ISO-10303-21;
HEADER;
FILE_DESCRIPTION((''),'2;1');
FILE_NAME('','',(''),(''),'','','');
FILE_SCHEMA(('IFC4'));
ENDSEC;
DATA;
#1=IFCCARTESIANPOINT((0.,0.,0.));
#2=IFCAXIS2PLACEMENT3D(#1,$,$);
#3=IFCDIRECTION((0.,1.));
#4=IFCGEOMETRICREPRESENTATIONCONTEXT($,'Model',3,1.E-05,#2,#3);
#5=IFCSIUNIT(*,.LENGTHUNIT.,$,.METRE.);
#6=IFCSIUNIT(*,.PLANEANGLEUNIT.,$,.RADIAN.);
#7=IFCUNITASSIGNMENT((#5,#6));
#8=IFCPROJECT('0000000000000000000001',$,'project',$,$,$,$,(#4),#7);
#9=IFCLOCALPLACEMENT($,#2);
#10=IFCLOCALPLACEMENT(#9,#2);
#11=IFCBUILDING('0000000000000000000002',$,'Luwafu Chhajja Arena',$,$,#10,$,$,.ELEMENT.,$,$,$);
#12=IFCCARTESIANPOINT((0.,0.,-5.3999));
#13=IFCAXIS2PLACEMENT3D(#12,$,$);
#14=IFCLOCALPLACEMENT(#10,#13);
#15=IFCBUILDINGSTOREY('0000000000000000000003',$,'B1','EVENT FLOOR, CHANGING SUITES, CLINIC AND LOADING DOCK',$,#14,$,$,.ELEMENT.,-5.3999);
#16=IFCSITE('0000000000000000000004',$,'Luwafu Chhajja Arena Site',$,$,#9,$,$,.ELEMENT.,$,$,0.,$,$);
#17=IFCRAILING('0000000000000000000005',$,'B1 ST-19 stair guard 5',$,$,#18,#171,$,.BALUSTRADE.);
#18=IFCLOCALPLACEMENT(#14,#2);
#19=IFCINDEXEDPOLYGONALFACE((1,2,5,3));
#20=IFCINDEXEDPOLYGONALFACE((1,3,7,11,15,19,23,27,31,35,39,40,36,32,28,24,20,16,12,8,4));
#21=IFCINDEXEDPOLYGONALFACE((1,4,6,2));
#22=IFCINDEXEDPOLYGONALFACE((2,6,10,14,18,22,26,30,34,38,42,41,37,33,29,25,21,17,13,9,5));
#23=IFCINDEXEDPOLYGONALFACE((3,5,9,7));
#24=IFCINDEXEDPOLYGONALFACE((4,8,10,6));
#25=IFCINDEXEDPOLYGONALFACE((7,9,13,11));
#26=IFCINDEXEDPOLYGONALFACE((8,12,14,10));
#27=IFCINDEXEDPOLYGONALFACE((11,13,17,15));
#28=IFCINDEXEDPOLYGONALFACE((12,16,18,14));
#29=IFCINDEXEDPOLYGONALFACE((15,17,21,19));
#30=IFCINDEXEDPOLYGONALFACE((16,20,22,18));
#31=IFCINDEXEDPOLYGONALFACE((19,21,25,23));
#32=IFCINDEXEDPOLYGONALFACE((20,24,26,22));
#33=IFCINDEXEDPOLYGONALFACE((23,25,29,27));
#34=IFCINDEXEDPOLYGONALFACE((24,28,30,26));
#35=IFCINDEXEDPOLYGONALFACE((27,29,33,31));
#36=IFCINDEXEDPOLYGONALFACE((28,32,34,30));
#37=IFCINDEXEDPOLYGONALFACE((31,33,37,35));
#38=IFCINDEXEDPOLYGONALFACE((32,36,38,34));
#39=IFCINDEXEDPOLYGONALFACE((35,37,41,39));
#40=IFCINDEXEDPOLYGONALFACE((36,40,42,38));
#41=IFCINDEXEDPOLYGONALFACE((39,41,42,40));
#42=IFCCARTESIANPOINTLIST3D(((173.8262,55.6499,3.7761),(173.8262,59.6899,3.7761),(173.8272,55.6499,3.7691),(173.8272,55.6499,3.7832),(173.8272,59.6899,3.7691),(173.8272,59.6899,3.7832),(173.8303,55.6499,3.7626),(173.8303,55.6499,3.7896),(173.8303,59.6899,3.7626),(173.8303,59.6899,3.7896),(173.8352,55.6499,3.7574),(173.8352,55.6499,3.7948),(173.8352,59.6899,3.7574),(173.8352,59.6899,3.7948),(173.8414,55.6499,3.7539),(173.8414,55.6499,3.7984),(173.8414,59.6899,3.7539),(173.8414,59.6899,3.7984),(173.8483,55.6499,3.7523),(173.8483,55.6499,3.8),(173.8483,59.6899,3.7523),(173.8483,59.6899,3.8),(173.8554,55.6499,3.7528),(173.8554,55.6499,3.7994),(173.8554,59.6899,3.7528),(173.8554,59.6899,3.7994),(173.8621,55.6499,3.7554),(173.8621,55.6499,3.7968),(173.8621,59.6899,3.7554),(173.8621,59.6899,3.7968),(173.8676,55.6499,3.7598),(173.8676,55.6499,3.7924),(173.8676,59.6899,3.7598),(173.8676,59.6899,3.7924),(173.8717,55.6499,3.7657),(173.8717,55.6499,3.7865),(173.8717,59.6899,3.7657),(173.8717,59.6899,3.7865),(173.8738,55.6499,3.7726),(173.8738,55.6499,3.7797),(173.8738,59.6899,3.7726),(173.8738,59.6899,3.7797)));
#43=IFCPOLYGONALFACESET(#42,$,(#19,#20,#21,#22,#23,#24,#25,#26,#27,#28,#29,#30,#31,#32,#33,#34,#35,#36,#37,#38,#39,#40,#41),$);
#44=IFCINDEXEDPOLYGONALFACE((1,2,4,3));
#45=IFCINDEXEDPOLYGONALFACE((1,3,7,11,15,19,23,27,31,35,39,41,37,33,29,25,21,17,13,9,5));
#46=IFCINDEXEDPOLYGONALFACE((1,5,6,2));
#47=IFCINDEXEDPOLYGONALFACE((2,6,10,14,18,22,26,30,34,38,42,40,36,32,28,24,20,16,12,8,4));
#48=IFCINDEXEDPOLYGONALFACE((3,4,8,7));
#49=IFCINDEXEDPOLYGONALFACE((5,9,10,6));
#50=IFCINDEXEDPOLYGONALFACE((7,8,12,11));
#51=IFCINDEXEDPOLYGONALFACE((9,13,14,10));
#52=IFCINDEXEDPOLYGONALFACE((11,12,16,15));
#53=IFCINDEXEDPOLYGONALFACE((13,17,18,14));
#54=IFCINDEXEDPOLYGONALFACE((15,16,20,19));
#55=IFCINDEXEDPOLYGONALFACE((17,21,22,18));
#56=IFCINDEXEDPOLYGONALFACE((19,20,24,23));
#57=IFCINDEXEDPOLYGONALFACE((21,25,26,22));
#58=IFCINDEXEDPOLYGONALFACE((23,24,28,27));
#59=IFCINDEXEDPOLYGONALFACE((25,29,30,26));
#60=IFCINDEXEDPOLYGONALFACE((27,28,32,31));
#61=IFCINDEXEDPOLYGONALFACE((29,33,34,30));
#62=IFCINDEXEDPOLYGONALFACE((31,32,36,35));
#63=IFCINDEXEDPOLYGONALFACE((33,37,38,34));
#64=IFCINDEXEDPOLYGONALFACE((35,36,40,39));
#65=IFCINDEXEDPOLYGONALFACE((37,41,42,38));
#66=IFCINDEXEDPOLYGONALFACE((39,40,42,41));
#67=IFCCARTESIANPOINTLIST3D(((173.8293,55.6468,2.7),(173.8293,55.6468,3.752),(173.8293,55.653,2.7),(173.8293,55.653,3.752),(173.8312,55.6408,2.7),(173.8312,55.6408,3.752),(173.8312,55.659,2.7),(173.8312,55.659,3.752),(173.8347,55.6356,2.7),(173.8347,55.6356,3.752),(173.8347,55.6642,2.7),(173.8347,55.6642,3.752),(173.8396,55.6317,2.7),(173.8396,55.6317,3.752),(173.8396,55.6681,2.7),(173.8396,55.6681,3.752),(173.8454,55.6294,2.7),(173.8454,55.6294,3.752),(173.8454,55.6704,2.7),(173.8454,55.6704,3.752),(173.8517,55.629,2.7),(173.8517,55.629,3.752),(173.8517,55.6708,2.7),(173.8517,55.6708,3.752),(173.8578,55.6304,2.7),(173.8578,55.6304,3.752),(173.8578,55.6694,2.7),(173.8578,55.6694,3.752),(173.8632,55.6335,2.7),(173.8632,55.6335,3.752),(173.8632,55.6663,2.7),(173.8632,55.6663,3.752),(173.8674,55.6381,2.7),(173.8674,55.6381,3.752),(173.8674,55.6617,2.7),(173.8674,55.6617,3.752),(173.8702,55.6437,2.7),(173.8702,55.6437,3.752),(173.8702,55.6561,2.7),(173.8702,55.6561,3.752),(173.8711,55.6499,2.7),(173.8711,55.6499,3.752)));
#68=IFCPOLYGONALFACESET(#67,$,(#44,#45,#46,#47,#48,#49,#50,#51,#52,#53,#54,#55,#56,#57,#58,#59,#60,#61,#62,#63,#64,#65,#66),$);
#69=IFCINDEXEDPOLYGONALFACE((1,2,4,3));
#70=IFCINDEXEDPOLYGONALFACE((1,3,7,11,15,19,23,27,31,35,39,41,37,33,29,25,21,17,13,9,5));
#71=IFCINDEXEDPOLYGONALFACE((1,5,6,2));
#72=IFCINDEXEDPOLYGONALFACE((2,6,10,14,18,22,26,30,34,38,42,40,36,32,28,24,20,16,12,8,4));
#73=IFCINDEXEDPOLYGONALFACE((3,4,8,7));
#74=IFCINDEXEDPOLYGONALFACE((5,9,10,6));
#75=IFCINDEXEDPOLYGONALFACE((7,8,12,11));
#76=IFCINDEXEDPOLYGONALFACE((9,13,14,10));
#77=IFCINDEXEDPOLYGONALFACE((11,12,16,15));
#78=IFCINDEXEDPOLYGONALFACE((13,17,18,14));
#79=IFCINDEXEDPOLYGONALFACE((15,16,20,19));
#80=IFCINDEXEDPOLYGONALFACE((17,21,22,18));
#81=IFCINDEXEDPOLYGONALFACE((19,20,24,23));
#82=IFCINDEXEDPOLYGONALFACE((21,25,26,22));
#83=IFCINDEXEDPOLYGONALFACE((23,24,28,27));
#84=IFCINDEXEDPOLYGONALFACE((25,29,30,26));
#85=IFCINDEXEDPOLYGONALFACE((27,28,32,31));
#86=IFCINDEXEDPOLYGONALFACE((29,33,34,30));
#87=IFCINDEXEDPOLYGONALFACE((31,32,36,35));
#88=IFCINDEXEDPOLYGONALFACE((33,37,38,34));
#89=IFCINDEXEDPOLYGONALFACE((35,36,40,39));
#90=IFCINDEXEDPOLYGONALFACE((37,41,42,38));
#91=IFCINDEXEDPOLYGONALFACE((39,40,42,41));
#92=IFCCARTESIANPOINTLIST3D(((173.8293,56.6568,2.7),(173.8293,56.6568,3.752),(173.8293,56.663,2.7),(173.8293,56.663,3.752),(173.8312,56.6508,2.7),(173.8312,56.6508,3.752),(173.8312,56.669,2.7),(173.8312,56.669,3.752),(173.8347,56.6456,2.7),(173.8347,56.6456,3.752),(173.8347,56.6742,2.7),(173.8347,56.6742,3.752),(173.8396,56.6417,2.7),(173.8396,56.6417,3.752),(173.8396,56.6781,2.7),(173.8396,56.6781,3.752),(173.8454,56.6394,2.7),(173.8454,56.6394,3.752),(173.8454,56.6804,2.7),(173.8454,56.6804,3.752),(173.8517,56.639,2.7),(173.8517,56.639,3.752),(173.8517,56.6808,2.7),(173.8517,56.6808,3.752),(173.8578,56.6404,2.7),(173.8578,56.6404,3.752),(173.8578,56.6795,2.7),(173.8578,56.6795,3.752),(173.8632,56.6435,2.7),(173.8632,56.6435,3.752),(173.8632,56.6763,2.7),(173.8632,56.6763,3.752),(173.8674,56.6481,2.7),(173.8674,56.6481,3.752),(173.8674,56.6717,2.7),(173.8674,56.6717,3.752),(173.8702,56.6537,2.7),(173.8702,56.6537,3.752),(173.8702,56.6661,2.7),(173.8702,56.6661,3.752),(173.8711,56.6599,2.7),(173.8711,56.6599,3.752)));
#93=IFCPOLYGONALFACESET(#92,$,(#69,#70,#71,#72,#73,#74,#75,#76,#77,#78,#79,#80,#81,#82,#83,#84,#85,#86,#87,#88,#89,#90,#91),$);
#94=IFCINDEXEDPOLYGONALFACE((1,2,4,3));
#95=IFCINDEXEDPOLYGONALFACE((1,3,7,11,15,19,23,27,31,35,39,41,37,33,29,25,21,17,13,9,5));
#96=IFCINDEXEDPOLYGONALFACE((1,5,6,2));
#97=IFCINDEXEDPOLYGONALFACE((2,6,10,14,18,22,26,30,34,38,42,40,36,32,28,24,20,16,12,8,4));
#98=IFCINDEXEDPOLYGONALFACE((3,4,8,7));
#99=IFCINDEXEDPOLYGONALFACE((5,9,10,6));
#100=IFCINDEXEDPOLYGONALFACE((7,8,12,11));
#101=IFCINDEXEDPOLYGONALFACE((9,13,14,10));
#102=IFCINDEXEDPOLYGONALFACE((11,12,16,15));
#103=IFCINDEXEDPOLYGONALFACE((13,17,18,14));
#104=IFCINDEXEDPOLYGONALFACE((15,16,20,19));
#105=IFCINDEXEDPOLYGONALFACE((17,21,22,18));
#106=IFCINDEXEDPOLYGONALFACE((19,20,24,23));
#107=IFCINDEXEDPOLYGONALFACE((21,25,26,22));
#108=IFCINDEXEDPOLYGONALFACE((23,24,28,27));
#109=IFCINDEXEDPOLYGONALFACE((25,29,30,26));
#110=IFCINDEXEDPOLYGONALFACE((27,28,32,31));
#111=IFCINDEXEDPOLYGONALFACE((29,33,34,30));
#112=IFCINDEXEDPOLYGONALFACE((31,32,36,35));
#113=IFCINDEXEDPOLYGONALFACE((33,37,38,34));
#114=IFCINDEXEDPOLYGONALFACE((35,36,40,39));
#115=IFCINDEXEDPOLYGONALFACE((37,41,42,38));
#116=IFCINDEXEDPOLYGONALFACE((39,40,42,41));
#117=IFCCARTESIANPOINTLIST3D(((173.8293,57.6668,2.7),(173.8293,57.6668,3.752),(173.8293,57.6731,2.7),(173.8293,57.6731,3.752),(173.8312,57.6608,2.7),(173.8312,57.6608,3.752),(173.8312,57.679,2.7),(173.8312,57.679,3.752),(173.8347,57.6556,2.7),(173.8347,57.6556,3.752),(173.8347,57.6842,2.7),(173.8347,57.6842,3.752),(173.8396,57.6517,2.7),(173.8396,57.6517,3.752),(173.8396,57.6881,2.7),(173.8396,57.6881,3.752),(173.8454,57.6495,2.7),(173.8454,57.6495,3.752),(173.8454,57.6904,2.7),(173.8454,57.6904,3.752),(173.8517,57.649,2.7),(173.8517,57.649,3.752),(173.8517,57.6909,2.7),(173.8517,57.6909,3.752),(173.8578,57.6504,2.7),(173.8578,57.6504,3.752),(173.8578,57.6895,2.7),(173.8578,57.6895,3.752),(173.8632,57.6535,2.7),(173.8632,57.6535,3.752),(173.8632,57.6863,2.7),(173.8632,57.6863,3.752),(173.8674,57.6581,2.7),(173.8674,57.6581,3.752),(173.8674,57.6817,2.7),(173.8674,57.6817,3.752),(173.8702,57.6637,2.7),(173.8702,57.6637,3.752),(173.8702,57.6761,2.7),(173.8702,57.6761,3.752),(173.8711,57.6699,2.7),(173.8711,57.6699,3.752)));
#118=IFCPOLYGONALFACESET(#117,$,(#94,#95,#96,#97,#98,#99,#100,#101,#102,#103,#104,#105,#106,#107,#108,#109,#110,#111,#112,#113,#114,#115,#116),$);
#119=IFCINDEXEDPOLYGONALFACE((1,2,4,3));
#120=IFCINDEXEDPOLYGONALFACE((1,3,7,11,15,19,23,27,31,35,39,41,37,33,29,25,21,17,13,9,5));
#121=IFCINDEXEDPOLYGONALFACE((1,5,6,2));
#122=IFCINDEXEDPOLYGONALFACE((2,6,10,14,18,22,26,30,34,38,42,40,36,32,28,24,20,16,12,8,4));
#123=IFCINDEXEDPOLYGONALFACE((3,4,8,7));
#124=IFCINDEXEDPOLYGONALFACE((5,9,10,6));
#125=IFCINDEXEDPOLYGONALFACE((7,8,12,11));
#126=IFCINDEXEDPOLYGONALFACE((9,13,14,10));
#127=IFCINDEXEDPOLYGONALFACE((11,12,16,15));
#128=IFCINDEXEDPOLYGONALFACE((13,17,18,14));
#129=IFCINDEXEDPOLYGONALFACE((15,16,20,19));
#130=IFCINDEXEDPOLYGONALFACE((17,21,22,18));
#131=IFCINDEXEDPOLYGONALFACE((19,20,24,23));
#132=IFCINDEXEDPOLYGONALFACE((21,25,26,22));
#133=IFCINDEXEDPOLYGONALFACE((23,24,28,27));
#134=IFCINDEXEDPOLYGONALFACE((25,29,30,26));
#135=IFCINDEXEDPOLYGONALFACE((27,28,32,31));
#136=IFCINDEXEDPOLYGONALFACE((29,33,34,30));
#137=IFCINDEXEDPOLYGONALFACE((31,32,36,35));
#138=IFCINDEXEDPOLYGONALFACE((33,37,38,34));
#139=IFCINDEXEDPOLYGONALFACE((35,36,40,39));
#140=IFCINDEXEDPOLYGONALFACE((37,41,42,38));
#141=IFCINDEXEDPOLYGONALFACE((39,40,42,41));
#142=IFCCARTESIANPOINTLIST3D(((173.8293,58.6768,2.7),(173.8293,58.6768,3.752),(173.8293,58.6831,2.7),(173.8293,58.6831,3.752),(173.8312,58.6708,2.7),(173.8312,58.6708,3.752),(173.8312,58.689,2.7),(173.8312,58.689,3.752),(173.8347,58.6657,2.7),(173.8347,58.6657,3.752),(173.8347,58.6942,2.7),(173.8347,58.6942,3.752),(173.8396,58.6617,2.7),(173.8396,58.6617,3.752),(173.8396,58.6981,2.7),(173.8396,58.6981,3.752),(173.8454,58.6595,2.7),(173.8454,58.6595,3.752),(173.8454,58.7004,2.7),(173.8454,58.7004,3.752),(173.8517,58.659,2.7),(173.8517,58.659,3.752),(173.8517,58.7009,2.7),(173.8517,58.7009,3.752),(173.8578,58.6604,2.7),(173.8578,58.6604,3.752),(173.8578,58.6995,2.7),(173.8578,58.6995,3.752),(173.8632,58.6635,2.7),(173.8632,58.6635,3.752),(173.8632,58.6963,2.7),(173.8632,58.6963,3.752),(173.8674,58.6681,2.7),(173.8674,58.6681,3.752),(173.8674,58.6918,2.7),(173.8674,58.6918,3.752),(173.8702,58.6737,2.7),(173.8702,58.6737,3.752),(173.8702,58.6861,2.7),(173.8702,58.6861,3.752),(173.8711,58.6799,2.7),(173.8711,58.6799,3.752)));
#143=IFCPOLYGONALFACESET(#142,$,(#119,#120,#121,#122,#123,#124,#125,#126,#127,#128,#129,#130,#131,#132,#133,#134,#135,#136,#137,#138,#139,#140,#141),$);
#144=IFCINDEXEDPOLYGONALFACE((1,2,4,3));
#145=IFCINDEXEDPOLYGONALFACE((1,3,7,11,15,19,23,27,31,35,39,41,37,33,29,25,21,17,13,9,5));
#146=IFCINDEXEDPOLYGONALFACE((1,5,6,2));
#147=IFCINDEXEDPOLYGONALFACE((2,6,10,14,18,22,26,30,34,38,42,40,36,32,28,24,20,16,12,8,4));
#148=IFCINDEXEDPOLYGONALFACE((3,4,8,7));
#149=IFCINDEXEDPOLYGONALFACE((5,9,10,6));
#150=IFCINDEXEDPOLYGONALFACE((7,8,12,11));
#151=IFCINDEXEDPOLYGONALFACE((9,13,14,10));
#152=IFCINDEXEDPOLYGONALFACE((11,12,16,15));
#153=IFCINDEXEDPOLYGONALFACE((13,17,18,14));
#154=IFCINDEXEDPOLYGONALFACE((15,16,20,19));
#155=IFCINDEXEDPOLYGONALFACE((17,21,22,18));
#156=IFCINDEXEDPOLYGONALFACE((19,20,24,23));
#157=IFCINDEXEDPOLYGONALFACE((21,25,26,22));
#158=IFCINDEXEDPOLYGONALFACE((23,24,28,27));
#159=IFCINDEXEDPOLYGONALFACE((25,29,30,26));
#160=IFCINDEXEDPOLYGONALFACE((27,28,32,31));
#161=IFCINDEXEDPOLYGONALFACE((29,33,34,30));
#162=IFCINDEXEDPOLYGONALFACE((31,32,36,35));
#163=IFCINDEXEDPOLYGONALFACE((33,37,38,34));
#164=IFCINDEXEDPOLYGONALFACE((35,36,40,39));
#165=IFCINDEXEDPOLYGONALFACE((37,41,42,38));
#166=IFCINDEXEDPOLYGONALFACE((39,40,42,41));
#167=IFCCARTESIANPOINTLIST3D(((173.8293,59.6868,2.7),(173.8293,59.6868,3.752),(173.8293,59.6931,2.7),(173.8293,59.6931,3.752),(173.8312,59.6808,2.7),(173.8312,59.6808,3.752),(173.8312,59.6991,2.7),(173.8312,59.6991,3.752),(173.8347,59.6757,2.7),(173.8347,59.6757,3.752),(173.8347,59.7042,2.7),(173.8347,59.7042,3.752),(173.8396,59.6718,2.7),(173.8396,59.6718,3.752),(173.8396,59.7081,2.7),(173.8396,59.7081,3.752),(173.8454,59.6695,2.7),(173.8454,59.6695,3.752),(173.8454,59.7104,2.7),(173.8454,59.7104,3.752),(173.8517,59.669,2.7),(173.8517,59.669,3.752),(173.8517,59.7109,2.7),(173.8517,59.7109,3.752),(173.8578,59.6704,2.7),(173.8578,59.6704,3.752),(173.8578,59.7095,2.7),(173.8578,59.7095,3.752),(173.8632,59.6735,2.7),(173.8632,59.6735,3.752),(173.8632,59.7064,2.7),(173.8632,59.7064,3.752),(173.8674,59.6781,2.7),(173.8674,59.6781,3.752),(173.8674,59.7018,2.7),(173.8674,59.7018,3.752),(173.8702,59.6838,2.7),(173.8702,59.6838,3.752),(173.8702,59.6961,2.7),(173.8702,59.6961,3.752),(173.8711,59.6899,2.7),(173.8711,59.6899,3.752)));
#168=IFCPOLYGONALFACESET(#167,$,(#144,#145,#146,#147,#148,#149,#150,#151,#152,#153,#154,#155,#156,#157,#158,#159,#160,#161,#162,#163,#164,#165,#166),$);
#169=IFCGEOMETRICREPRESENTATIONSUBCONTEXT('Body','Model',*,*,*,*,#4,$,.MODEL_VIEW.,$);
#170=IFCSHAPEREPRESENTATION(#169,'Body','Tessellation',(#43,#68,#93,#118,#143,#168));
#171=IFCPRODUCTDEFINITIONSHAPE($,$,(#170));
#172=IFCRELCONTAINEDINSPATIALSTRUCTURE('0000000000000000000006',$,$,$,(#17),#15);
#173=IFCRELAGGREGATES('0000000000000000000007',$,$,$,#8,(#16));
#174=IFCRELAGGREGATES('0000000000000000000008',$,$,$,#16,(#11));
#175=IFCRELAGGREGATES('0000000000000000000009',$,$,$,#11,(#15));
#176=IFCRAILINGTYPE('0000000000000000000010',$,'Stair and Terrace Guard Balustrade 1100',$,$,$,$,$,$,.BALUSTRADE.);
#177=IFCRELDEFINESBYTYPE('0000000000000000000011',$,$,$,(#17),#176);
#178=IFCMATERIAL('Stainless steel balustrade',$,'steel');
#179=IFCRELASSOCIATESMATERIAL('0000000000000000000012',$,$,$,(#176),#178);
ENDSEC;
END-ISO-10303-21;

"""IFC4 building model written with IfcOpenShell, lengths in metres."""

from ifc_helpers import new_model, si_unit, direction, frame, origin, origin_2d, place, context, subcontext, project, spatial, circle, extrude, material, type_object, element, save


model = new_model("IFC4")

# Units and contexts
model_context = context("Model", 3, precision=1e-05, world=origin(), true_north=direction((0.0, 1.0)))
body_context = subcontext(model_context, "Body", "Model", "MODEL_VIEW")
ifc_project = project(units=[si_unit("LENGTHUNIT", "METRE"), si_unit("PLANEANGLEUNIT", "RADIAN")], contexts=[model_context])

# Site, building, storey
site_placement = place(None, origin())
site = spatial("IfcSite", under=ifc_project, at=site_placement, Name="Luwafu Chhajja Arena Site", CompositionType="ELEMENT", RefElevation=0.0)
building_placement = place(site_placement, origin())
building = spatial("IfcBuilding", under=site, at=building_placement, Name="Luwafu Chhajja Arena", CompositionType="ELEMENT")
storey_placement = place(building_placement, frame((0.0, 0.0, -5.3999)))
storey = spatial("IfcBuildingStorey", under=building, at=storey_placement, Name="B1", Description="EVENT FLOOR, CHANGING SUITES, CLINIC AND LOADING DOCK", CompositionType="ELEMENT", Elevation=-5.3999)

# Railing
ifc_material_1 = material(Name="Stainless steel balustrade", Category="steel")
railing_type_1 = type_object("IfcRailingType", Name="Stair and Terrace Guard Balustrade 1100", PredefinedType="BALUSTRADE", material=ifc_material_1)
railing_1_placement = place(storey_placement, frame((173.8501, 55.6499, 2.7)))
element("IfcRailing", 1, at=railing_1_placement, inside=storey, type_object=railing_type_1, Name="B1 ST-19 stair guard 5", PredefinedType="BALUSTRADE", context=body_context, shape_type="SweptSolid", body=[
    extrude(circle(Radius=0.0239, at=origin_2d()), frame((0.0, 0.0, 1.0762), z_axis=(0.0, 1.0, 0.0), x_axis=(-1.0, 0.0, 0.0)), (0.0, 0.0, 1.0), 4.04),
    extrude(circle(Radius=0.021, at=origin_2d()), origin(), (0.0, 0.0, 1.0), 1.052),
    extrude(circle(Radius=0.021, at=origin_2d()), frame((0.0, 1.01, 0.0)), (0.0, 0.0, 1.0), 1.052),
    extrude(circle(Radius=0.021, at=origin_2d()), frame((0.0, 2.02, 0.0)), (0.0, 0.0, 1.0), 1.052),
    extrude(circle(Radius=0.021, at=origin_2d()), frame((0.0, 3.03, 0.0)), (0.0, 0.0, 1.0), 1.052),
    extrude(circle(Radius=0.021, at=origin_2d()), frame((0.0, 4.04, 0.0)), (0.0, 0.0, 1.0), 1.052),
])

save(model, "model.ifc")
